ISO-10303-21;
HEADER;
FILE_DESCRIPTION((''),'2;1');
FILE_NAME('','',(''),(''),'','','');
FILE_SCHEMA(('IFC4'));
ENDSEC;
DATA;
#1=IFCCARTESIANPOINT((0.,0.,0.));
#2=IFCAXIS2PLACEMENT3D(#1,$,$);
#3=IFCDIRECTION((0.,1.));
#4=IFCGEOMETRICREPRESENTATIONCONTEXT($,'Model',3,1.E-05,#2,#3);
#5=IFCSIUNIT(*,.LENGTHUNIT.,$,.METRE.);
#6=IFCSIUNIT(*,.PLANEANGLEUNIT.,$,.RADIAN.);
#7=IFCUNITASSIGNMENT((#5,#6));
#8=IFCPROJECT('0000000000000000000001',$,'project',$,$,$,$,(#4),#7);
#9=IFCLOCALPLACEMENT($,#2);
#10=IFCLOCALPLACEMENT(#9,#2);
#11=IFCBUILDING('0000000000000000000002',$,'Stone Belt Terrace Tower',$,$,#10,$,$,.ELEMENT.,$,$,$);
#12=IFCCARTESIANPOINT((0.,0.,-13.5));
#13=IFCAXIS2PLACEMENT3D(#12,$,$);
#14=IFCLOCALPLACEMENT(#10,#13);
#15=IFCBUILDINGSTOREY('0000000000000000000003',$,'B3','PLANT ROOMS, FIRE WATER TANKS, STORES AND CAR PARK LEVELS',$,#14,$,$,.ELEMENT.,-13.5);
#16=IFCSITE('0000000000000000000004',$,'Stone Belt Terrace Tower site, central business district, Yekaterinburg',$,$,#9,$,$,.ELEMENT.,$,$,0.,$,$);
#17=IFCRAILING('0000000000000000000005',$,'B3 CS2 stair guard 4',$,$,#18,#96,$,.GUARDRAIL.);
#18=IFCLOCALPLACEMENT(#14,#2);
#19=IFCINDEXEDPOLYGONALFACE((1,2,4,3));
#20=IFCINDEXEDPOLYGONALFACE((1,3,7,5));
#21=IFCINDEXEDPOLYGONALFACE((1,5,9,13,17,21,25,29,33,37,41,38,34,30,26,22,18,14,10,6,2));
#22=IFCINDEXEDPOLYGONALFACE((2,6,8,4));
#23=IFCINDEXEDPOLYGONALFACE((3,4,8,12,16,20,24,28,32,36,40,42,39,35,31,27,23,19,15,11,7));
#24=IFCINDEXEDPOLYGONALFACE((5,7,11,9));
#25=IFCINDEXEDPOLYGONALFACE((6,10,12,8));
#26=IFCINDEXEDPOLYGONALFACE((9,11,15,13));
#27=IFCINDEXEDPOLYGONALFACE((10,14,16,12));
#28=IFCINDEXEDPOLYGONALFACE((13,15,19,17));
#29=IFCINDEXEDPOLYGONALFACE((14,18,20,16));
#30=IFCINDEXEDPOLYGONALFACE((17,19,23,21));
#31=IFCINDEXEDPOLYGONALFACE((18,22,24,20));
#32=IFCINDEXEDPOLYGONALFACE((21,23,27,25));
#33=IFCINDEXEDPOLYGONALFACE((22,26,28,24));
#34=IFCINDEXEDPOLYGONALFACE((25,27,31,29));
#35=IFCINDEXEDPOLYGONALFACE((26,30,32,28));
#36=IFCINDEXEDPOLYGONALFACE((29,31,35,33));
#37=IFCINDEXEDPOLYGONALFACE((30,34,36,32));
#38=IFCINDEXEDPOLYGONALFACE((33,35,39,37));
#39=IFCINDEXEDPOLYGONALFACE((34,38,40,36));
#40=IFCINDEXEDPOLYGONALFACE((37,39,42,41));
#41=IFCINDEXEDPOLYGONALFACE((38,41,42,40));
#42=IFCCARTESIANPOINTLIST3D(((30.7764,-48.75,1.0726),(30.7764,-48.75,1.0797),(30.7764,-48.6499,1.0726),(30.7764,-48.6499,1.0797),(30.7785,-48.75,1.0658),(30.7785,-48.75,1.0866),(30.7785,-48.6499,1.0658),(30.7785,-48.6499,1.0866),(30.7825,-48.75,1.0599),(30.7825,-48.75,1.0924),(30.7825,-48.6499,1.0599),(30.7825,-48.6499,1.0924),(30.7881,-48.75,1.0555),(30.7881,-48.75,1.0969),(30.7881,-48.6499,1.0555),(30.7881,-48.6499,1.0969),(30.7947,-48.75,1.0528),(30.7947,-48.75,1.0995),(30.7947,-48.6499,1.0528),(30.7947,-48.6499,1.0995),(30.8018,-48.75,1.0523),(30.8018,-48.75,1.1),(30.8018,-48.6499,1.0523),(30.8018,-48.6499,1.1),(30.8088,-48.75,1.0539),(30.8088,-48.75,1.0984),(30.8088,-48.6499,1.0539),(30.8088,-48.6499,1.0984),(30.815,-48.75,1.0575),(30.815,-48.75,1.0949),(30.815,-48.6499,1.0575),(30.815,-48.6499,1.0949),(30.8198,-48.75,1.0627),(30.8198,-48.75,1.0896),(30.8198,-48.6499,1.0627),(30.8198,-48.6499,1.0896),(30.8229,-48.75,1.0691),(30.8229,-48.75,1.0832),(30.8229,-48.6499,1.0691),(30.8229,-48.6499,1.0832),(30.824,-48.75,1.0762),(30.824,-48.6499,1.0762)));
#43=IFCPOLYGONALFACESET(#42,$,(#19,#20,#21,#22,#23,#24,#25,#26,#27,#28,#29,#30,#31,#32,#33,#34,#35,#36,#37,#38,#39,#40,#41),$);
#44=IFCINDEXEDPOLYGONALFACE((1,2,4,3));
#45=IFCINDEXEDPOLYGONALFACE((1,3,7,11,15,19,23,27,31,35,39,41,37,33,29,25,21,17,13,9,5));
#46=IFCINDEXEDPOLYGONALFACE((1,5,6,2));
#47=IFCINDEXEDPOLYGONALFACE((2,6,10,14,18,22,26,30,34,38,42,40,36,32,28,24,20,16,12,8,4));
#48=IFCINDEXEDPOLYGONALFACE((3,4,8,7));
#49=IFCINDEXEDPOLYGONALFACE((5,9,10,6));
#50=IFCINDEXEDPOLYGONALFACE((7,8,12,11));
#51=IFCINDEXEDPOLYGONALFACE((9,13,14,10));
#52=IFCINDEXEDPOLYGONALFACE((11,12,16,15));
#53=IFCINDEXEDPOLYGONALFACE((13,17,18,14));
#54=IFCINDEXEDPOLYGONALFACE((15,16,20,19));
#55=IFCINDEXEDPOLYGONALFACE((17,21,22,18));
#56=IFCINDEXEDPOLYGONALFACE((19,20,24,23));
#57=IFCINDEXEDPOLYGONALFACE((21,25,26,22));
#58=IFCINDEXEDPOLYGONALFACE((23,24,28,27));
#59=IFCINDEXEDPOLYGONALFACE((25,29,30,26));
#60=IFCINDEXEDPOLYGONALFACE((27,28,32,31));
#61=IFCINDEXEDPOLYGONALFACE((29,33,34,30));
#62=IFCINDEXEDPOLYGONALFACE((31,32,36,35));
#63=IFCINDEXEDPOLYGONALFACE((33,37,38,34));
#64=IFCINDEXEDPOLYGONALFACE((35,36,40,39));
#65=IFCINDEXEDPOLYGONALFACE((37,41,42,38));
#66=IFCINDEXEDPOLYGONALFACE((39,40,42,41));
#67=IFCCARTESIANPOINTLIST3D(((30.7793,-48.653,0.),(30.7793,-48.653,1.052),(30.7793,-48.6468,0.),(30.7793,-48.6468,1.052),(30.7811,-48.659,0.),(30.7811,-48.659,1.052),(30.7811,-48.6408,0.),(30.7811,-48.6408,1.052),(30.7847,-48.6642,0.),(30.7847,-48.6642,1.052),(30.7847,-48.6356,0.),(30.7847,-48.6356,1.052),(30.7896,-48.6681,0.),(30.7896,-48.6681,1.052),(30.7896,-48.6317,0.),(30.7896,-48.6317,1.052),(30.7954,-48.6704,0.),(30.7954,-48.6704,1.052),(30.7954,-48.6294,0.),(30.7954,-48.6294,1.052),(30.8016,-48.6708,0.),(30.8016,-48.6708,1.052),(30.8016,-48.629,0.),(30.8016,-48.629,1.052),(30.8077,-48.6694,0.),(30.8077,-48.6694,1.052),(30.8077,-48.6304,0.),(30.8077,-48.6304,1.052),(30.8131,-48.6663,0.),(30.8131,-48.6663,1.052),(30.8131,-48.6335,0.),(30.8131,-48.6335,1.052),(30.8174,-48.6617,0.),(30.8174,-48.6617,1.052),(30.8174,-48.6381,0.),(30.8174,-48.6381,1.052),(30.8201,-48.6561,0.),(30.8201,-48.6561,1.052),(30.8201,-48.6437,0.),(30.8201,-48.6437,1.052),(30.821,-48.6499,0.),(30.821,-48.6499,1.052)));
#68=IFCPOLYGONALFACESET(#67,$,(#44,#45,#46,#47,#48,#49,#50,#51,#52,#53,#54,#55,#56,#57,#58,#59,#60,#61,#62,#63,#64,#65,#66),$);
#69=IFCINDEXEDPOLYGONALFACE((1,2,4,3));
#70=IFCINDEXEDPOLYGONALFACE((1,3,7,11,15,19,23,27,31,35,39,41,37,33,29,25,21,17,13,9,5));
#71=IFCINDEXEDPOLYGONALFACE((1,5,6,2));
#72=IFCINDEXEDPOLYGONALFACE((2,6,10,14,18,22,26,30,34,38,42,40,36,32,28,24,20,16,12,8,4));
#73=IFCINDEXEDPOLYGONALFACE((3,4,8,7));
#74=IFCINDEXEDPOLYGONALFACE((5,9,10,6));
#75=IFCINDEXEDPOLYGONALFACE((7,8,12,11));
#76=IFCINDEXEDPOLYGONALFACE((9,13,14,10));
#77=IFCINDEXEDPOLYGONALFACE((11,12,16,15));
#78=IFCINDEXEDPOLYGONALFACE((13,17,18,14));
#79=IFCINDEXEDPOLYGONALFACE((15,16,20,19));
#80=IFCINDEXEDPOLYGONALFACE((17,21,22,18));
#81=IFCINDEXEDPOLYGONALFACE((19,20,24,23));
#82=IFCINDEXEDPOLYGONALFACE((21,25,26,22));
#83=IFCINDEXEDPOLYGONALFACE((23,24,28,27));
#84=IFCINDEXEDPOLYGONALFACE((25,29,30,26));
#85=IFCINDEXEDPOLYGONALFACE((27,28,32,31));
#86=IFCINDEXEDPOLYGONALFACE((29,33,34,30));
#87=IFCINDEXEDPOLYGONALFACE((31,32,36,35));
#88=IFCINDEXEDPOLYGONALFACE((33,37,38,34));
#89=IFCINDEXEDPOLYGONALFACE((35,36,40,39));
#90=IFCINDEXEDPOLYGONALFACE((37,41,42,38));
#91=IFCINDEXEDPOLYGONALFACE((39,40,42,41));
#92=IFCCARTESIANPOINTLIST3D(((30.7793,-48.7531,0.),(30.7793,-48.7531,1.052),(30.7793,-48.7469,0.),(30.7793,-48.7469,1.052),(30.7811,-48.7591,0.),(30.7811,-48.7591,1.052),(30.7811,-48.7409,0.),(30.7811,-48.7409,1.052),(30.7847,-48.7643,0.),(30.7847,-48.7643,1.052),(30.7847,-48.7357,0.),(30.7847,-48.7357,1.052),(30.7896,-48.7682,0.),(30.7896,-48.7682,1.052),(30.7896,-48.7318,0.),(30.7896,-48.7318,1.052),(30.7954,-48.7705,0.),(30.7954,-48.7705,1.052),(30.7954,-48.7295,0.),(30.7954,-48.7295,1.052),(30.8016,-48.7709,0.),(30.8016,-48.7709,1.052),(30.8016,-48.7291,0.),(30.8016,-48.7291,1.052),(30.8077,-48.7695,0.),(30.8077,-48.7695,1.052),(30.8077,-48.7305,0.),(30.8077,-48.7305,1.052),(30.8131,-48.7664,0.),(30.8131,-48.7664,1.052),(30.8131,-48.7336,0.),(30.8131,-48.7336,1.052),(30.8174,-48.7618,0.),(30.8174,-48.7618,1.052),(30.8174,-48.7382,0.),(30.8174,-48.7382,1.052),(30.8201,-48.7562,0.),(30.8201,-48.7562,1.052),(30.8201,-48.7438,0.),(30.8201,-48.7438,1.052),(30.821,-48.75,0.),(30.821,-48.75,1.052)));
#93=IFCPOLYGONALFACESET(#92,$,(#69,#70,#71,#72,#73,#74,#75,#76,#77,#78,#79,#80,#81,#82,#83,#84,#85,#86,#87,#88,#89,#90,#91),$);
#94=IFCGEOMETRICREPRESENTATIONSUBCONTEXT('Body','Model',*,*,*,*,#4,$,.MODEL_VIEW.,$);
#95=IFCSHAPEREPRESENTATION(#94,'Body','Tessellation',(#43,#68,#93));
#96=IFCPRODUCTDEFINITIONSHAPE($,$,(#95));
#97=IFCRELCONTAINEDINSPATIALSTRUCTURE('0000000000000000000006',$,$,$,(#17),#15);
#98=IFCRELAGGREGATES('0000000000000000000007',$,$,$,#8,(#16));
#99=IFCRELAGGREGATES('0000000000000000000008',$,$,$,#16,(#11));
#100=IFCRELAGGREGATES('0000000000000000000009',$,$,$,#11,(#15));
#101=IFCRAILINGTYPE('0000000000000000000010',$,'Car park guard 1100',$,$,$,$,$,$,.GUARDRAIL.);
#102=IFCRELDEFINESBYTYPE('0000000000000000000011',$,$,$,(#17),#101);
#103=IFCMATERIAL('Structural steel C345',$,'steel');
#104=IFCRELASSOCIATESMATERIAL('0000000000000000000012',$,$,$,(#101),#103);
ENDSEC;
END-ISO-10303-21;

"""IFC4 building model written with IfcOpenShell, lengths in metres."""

from ifc_helpers import new_model, si_unit, direction, frame, origin, origin_2d, place, context, subcontext, project, spatial, circle, extrude, material, type_object, element, save


model = new_model("IFC4")

# Units and contexts
model_context = context("Model", 3, precision=1e-05, world=origin(), true_north=direction((0.0, 1.0)))
body_context = subcontext(model_context, "Body", "Model", "MODEL_VIEW")
ifc_project = project(units=[si_unit("LENGTHUNIT", "METRE"), si_unit("PLANEANGLEUNIT", "RADIAN")], contexts=[model_context])

# Site, building, storey
site_placement = place(None, origin())
site = spatial("IfcSite", under=ifc_project, at=site_placement, Name="Stone Belt Terrace Tower site, central business district, Yekaterinburg", CompositionType="ELEMENT", RefElevation=0.0)
building_placement = place(site_placement, origin())
building = spatial("IfcBuilding", under=site, at=building_placement, Name="Stone Belt Terrace Tower", CompositionType="ELEMENT")
storey_placement = place(building_placement, frame((0.0, 0.0, -13.5)))
storey = spatial("IfcBuildingStorey", under=building, at=storey_placement, Name="B3", Description="PLANT ROOMS, FIRE WATER TANKS, STORES AND CAR PARK LEVELS", CompositionType="ELEMENT", Elevation=-13.5)

# Railing
ifc_material_1 = material(Name="Structural steel C345", Category="steel")
railing_type_1 = type_object("IfcRailingType", Name="Car park guard 1100", PredefinedType="GUARDRAIL", material=ifc_material_1)
railing_1_placement = place(storey_placement, frame((30.8, -48.6499, 0.0)))
element("IfcRailing", 1, at=railing_1_placement, inside=storey, type_object=railing_type_1, Name="B3 CS2 stair guard 4", PredefinedType="GUARDRAIL", context=body_context, shape_type="SweptSolid", body=[
    extrude(circle(Radius=0.0239, at=origin_2d()), frame((0.0, 0.0, 1.0762), z_axis=(0.0, -1.0, 0.0), x_axis=(1.0, 0.0, 0.0)), (0.0, 0.0, 1.0), 0.1001),
    extrude(circle(Radius=0.021, at=origin_2d()), origin(), (0.0, 0.0, 1.0), 1.052),
    extrude(circle(Radius=0.021, at=origin_2d()), frame((0.0, -0.1001, 0.0)), (0.0, 0.0, 1.0), 1.052),
])

save(model, "model.ifc")
